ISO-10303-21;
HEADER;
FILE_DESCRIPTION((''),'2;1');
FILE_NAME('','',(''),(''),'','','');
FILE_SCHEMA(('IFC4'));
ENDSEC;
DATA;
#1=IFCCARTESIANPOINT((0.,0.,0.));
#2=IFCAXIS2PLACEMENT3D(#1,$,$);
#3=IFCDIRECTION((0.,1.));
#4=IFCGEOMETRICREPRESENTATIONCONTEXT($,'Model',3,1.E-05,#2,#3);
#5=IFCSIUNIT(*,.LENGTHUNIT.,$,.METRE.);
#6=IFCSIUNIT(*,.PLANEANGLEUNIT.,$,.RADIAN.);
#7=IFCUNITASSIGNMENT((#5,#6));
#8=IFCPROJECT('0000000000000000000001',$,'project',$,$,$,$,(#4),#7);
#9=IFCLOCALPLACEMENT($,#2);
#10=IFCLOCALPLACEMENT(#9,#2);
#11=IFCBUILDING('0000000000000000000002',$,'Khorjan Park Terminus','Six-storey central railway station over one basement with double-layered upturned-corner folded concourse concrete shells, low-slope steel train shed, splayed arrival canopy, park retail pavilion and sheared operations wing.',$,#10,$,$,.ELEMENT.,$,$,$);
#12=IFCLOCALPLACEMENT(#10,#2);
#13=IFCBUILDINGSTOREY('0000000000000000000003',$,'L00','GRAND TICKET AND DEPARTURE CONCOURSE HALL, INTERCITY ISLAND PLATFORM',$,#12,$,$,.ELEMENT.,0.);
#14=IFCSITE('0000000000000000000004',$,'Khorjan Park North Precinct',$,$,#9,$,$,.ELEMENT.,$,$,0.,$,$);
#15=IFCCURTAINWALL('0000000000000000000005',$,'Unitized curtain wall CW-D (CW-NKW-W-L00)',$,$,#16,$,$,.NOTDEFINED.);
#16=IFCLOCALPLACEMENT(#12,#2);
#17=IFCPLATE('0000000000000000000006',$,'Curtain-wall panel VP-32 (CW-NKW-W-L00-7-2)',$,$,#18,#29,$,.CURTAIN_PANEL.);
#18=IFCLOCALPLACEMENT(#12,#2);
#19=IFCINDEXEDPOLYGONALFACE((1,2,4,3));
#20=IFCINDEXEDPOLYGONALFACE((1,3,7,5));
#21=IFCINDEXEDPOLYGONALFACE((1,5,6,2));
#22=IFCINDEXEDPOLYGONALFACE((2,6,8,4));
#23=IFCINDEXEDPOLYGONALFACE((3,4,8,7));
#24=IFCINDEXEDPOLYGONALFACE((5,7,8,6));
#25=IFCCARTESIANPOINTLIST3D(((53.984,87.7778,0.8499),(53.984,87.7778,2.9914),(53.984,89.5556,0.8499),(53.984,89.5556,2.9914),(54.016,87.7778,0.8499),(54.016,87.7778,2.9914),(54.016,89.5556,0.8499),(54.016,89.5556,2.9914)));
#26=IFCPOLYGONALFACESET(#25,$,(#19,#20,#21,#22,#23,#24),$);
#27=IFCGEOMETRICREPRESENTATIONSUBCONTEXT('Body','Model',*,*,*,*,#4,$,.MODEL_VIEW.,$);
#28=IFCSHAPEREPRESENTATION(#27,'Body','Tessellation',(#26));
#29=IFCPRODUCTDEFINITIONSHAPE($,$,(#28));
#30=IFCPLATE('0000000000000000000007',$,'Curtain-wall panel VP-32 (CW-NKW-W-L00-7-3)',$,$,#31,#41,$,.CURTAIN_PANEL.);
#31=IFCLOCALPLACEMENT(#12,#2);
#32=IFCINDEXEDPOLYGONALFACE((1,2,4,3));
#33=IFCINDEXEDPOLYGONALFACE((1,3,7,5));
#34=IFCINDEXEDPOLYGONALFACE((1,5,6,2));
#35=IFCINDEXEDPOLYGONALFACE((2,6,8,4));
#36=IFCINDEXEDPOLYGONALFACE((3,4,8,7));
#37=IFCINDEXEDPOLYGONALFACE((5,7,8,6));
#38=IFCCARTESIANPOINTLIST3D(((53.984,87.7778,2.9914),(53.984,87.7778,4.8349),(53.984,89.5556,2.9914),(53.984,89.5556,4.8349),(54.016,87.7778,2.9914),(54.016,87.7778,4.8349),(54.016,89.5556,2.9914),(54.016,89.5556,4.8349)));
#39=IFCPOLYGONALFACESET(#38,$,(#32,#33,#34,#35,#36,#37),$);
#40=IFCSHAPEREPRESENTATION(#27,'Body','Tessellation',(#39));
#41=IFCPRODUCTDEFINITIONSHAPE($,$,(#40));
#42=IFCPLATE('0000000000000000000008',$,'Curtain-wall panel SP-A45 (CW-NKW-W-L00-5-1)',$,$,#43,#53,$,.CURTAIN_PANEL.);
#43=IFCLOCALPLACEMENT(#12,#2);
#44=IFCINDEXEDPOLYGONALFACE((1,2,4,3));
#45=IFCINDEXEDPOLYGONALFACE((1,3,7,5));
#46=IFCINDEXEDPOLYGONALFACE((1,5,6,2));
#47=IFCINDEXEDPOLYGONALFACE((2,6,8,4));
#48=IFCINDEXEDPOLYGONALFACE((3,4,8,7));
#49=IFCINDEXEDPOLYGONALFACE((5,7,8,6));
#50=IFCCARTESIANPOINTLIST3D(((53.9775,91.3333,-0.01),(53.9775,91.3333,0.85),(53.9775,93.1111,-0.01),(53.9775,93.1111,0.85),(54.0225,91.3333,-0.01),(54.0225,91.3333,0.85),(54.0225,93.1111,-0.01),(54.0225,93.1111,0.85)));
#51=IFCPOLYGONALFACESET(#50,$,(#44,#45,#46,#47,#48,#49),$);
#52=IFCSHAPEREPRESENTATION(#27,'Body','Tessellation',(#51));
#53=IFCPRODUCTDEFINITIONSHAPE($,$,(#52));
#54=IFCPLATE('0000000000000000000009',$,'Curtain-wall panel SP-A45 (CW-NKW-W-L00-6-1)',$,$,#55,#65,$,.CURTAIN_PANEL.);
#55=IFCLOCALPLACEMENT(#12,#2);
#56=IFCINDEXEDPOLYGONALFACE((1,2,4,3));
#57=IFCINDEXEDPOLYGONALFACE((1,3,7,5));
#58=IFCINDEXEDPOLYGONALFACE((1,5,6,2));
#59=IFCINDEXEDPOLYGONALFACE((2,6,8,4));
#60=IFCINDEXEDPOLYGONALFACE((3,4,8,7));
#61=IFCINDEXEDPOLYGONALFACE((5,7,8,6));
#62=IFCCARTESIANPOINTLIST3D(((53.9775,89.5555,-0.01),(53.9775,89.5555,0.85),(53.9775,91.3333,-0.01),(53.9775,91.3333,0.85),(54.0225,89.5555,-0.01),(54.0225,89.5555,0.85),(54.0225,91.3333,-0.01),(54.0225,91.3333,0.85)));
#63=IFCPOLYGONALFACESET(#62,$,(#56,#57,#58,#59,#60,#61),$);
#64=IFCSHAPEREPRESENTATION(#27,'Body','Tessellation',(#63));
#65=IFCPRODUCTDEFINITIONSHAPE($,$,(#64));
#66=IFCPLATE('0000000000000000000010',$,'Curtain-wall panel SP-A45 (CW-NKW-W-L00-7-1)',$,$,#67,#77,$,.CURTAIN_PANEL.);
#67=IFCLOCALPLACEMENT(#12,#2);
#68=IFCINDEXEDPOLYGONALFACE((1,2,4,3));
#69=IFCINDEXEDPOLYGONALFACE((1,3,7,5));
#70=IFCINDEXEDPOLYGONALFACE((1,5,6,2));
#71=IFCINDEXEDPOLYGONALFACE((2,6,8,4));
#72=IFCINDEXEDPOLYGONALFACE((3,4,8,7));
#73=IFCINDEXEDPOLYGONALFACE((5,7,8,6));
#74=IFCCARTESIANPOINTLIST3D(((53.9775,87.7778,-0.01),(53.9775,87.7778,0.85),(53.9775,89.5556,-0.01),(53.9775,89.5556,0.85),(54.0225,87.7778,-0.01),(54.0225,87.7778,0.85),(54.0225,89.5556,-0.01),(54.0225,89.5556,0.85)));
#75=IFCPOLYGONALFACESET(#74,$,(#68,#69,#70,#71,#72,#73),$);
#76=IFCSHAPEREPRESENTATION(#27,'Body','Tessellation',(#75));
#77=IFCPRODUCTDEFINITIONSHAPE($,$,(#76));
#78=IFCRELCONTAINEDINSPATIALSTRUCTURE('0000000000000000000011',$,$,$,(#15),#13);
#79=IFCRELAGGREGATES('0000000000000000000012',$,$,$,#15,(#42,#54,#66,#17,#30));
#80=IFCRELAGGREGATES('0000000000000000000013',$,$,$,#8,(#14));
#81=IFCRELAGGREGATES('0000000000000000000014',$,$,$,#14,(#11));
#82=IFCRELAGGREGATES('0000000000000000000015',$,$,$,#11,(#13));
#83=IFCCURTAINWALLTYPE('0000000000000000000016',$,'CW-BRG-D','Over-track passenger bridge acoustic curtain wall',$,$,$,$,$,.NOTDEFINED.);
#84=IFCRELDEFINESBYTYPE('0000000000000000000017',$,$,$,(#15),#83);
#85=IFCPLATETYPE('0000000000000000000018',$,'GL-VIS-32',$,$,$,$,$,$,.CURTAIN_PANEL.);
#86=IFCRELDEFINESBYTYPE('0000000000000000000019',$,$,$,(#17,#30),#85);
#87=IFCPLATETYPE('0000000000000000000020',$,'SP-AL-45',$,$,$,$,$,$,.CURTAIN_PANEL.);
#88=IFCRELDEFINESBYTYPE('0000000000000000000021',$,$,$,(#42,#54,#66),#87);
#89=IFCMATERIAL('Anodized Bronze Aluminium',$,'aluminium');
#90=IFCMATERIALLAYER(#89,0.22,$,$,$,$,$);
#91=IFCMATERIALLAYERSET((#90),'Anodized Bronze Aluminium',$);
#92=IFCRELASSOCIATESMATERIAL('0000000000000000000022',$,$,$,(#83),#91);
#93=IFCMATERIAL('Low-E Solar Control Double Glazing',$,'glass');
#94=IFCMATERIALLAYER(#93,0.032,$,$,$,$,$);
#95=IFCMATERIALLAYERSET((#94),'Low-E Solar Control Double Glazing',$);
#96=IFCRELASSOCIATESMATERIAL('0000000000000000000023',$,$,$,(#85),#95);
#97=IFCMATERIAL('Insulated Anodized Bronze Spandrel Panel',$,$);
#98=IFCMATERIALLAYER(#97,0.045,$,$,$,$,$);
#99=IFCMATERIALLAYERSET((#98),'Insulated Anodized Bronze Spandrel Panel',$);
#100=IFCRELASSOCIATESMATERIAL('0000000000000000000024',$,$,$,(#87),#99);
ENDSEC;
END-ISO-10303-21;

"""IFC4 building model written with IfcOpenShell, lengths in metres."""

from ifc_helpers import new_model, si_unit, direction, frame, origin, origin_2d, place, context, subcontext, project, spatial, rectangle, extrude, material, layer, layer_set, type_object, element, aggregate, save


model = new_model("IFC4")

# Units and contexts
model_context = context("Model", 3, precision=1e-05, world=origin(), true_north=direction((0.0, 1.0)))
body_context = subcontext(model_context, "Body", "Model", "MODEL_VIEW")
ifc_project = project(units=[si_unit("LENGTHUNIT", "METRE"), si_unit("PLANEANGLEUNIT", "RADIAN")], contexts=[model_context])

# Site, building, storey
site_placement = place(None, origin())
site = spatial("IfcSite", under=ifc_project, at=site_placement, Name="Khorjan Park North Precinct", CompositionType="ELEMENT", RefElevation=0.0)
building_placement = place(site_placement, origin())
building = spatial("IfcBuilding", under=site, at=building_placement, Name="Khorjan Park Terminus", Description="Six-storey central railway station over one basement with double-layered upturned-corner folded concourse concrete shells, low-slope steel train shed, splayed arrival canopy, park retail pavilion and sheared operations wing.", CompositionType="ELEMENT")
storey_placement = place(building_placement, origin())
storey = spatial("IfcBuildingStorey", under=building, at=storey_placement, Name="L00", Description="GRAND TICKET AND DEPARTURE CONCOURSE HALL, INTERCITY ISLAND PLATFORM", CompositionType="ELEMENT", Elevation=0.0)

# Curtain wall, plates
ifc_material_1 = material(Name="Anodized Bronze Aluminium", Category="aluminium")
ifc_layer_1 = layer(ifc_material_1, 0.22)
ifc_layer_set_1 = layer_set([ifc_layer_1], Name="Anodized Bronze Aluminium")
curtain_wall_type = type_object("IfcCurtainWallType", Name="CW-BRG-D", Description="Over-track passenger bridge acoustic curtain wall", PredefinedType="NOTDEFINED", material=ifc_layer_set_1)
curtain_wall_placement = place(storey_placement, origin())
curtain_wall = element("IfcCurtainWall", 1, at=curtain_wall_placement, inside=storey, type_object=curtain_wall_type, Name="Unitized curtain wall CW-D (CW-NKW-W-L00)", PredefinedType="NOTDEFINED")
ifc_material_2 = material(Name="Low-E Solar Control Double Glazing", Category="glass")
ifc_layer_2 = layer(ifc_material_2, 0.032)
ifc_layer_set_2 = layer_set([ifc_layer_2], Name="Low-E Solar Control Double Glazing")
plate_type_1 = type_object("IfcPlateType", Name="GL-VIS-32", PredefinedType="CURTAIN_PANEL", material=ifc_layer_set_2)
plate_1_placement = place(storey_placement, frame((54.0, 88.6667, 0.8499), z_axis=(0.0, 0.0, 1.0), x_axis=(0.0, -1.0, 0.0)))
plate_1 = element("IfcPlate", 2, at=plate_1_placement, type_object=plate_type_1, Name="Curtain-wall panel VP-32 (CW-NKW-W-L00-7-2)", PredefinedType="CURTAIN_PANEL", context=body_context, shape_type="SweptSolid", body=[
    extrude(rectangle(XDim=1.7778, YDim=0.032, at=origin_2d()), origin(), (0.0, 0.0, 1.0), 2.1415),
])
plate_2_placement = place(storey_placement, frame((54.0, 88.6667, 2.9914), z_axis=(0.0, 0.0, 1.0), x_axis=(0.0, -1.0, 0.0)))
plate_2 = element("IfcPlate", 3, at=plate_2_placement, type_object=plate_type_1, Name="Curtain-wall panel VP-32 (CW-NKW-W-L00-7-3)", PredefinedType="CURTAIN_PANEL", context=body_context, shape_type="SweptSolid", body=[
    extrude(rectangle(XDim=1.7778, YDim=0.032, at=origin_2d()), origin(), (0.0, 0.0, 1.0), 1.8435),
])
ifc_material_3 = material(Name="Insulated Anodized Bronze Spandrel Panel")
ifc_layer_3 = layer(ifc_material_3, 0.045)
ifc_layer_set_3 = layer_set([ifc_layer_3], Name="Insulated Anodized Bronze Spandrel Panel")
plate_type_2 = type_object("IfcPlateType", Name="SP-AL-45", PredefinedType="CURTAIN_PANEL", material=ifc_layer_set_3)
plate_3_placement = place(storey_placement, frame((54.0, 92.2222, -0.01), z_axis=(0.0, 0.0, 1.0), x_axis=(0.0, -1.0, 0.0)))
plate_3 = element("IfcPlate", 4, at=plate_3_placement, type_object=plate_type_2, Name="Curtain-wall panel SP-A45 (CW-NKW-W-L00-5-1)", PredefinedType="CURTAIN_PANEL", context=body_context, shape_type="SweptSolid", body=[
    extrude(rectangle(XDim=1.7778, YDim=0.045, at=origin_2d()), origin(), (0.0, 0.0, 1.0), 0.86),
])
plate_4_placement = place(storey_placement, frame((54.0, 90.4444, -0.01), z_axis=(0.0, 0.0, 1.0), x_axis=(0.0, -1.0, 0.0)))
plate_4 = element("IfcPlate", 5, at=plate_4_placement, type_object=plate_type_2, Name="Curtain-wall panel SP-A45 (CW-NKW-W-L00-6-1)", PredefinedType="CURTAIN_PANEL", context=body_context, shape_type="SweptSolid", body=[
    extrude(rectangle(XDim=1.7778, YDim=0.045, at=origin_2d()), origin(), (0.0, 0.0, 1.0), 0.86),
])
plate_5_placement = place(storey_placement, frame((54.0, 88.6667, -0.01), z_axis=(0.0, 0.0, 1.0), x_axis=(0.0, -1.0, 0.0)))
plate_5 = element("IfcPlate", 6, at=plate_5_placement, type_object=plate_type_2, Name="Curtain-wall panel SP-A45 (CW-NKW-W-L00-7-1)", PredefinedType="CURTAIN_PANEL", context=body_context, shape_type="SweptSolid", body=[
    extrude(rectangle(XDim=1.7778, YDim=0.045, at=origin_2d()), origin(), (0.0, 0.0, 1.0), 0.86),
])
aggregate(curtain_wall, [plate_3, plate_4, plate_5, plate_1, plate_2])

save(model, "model.ifc")
